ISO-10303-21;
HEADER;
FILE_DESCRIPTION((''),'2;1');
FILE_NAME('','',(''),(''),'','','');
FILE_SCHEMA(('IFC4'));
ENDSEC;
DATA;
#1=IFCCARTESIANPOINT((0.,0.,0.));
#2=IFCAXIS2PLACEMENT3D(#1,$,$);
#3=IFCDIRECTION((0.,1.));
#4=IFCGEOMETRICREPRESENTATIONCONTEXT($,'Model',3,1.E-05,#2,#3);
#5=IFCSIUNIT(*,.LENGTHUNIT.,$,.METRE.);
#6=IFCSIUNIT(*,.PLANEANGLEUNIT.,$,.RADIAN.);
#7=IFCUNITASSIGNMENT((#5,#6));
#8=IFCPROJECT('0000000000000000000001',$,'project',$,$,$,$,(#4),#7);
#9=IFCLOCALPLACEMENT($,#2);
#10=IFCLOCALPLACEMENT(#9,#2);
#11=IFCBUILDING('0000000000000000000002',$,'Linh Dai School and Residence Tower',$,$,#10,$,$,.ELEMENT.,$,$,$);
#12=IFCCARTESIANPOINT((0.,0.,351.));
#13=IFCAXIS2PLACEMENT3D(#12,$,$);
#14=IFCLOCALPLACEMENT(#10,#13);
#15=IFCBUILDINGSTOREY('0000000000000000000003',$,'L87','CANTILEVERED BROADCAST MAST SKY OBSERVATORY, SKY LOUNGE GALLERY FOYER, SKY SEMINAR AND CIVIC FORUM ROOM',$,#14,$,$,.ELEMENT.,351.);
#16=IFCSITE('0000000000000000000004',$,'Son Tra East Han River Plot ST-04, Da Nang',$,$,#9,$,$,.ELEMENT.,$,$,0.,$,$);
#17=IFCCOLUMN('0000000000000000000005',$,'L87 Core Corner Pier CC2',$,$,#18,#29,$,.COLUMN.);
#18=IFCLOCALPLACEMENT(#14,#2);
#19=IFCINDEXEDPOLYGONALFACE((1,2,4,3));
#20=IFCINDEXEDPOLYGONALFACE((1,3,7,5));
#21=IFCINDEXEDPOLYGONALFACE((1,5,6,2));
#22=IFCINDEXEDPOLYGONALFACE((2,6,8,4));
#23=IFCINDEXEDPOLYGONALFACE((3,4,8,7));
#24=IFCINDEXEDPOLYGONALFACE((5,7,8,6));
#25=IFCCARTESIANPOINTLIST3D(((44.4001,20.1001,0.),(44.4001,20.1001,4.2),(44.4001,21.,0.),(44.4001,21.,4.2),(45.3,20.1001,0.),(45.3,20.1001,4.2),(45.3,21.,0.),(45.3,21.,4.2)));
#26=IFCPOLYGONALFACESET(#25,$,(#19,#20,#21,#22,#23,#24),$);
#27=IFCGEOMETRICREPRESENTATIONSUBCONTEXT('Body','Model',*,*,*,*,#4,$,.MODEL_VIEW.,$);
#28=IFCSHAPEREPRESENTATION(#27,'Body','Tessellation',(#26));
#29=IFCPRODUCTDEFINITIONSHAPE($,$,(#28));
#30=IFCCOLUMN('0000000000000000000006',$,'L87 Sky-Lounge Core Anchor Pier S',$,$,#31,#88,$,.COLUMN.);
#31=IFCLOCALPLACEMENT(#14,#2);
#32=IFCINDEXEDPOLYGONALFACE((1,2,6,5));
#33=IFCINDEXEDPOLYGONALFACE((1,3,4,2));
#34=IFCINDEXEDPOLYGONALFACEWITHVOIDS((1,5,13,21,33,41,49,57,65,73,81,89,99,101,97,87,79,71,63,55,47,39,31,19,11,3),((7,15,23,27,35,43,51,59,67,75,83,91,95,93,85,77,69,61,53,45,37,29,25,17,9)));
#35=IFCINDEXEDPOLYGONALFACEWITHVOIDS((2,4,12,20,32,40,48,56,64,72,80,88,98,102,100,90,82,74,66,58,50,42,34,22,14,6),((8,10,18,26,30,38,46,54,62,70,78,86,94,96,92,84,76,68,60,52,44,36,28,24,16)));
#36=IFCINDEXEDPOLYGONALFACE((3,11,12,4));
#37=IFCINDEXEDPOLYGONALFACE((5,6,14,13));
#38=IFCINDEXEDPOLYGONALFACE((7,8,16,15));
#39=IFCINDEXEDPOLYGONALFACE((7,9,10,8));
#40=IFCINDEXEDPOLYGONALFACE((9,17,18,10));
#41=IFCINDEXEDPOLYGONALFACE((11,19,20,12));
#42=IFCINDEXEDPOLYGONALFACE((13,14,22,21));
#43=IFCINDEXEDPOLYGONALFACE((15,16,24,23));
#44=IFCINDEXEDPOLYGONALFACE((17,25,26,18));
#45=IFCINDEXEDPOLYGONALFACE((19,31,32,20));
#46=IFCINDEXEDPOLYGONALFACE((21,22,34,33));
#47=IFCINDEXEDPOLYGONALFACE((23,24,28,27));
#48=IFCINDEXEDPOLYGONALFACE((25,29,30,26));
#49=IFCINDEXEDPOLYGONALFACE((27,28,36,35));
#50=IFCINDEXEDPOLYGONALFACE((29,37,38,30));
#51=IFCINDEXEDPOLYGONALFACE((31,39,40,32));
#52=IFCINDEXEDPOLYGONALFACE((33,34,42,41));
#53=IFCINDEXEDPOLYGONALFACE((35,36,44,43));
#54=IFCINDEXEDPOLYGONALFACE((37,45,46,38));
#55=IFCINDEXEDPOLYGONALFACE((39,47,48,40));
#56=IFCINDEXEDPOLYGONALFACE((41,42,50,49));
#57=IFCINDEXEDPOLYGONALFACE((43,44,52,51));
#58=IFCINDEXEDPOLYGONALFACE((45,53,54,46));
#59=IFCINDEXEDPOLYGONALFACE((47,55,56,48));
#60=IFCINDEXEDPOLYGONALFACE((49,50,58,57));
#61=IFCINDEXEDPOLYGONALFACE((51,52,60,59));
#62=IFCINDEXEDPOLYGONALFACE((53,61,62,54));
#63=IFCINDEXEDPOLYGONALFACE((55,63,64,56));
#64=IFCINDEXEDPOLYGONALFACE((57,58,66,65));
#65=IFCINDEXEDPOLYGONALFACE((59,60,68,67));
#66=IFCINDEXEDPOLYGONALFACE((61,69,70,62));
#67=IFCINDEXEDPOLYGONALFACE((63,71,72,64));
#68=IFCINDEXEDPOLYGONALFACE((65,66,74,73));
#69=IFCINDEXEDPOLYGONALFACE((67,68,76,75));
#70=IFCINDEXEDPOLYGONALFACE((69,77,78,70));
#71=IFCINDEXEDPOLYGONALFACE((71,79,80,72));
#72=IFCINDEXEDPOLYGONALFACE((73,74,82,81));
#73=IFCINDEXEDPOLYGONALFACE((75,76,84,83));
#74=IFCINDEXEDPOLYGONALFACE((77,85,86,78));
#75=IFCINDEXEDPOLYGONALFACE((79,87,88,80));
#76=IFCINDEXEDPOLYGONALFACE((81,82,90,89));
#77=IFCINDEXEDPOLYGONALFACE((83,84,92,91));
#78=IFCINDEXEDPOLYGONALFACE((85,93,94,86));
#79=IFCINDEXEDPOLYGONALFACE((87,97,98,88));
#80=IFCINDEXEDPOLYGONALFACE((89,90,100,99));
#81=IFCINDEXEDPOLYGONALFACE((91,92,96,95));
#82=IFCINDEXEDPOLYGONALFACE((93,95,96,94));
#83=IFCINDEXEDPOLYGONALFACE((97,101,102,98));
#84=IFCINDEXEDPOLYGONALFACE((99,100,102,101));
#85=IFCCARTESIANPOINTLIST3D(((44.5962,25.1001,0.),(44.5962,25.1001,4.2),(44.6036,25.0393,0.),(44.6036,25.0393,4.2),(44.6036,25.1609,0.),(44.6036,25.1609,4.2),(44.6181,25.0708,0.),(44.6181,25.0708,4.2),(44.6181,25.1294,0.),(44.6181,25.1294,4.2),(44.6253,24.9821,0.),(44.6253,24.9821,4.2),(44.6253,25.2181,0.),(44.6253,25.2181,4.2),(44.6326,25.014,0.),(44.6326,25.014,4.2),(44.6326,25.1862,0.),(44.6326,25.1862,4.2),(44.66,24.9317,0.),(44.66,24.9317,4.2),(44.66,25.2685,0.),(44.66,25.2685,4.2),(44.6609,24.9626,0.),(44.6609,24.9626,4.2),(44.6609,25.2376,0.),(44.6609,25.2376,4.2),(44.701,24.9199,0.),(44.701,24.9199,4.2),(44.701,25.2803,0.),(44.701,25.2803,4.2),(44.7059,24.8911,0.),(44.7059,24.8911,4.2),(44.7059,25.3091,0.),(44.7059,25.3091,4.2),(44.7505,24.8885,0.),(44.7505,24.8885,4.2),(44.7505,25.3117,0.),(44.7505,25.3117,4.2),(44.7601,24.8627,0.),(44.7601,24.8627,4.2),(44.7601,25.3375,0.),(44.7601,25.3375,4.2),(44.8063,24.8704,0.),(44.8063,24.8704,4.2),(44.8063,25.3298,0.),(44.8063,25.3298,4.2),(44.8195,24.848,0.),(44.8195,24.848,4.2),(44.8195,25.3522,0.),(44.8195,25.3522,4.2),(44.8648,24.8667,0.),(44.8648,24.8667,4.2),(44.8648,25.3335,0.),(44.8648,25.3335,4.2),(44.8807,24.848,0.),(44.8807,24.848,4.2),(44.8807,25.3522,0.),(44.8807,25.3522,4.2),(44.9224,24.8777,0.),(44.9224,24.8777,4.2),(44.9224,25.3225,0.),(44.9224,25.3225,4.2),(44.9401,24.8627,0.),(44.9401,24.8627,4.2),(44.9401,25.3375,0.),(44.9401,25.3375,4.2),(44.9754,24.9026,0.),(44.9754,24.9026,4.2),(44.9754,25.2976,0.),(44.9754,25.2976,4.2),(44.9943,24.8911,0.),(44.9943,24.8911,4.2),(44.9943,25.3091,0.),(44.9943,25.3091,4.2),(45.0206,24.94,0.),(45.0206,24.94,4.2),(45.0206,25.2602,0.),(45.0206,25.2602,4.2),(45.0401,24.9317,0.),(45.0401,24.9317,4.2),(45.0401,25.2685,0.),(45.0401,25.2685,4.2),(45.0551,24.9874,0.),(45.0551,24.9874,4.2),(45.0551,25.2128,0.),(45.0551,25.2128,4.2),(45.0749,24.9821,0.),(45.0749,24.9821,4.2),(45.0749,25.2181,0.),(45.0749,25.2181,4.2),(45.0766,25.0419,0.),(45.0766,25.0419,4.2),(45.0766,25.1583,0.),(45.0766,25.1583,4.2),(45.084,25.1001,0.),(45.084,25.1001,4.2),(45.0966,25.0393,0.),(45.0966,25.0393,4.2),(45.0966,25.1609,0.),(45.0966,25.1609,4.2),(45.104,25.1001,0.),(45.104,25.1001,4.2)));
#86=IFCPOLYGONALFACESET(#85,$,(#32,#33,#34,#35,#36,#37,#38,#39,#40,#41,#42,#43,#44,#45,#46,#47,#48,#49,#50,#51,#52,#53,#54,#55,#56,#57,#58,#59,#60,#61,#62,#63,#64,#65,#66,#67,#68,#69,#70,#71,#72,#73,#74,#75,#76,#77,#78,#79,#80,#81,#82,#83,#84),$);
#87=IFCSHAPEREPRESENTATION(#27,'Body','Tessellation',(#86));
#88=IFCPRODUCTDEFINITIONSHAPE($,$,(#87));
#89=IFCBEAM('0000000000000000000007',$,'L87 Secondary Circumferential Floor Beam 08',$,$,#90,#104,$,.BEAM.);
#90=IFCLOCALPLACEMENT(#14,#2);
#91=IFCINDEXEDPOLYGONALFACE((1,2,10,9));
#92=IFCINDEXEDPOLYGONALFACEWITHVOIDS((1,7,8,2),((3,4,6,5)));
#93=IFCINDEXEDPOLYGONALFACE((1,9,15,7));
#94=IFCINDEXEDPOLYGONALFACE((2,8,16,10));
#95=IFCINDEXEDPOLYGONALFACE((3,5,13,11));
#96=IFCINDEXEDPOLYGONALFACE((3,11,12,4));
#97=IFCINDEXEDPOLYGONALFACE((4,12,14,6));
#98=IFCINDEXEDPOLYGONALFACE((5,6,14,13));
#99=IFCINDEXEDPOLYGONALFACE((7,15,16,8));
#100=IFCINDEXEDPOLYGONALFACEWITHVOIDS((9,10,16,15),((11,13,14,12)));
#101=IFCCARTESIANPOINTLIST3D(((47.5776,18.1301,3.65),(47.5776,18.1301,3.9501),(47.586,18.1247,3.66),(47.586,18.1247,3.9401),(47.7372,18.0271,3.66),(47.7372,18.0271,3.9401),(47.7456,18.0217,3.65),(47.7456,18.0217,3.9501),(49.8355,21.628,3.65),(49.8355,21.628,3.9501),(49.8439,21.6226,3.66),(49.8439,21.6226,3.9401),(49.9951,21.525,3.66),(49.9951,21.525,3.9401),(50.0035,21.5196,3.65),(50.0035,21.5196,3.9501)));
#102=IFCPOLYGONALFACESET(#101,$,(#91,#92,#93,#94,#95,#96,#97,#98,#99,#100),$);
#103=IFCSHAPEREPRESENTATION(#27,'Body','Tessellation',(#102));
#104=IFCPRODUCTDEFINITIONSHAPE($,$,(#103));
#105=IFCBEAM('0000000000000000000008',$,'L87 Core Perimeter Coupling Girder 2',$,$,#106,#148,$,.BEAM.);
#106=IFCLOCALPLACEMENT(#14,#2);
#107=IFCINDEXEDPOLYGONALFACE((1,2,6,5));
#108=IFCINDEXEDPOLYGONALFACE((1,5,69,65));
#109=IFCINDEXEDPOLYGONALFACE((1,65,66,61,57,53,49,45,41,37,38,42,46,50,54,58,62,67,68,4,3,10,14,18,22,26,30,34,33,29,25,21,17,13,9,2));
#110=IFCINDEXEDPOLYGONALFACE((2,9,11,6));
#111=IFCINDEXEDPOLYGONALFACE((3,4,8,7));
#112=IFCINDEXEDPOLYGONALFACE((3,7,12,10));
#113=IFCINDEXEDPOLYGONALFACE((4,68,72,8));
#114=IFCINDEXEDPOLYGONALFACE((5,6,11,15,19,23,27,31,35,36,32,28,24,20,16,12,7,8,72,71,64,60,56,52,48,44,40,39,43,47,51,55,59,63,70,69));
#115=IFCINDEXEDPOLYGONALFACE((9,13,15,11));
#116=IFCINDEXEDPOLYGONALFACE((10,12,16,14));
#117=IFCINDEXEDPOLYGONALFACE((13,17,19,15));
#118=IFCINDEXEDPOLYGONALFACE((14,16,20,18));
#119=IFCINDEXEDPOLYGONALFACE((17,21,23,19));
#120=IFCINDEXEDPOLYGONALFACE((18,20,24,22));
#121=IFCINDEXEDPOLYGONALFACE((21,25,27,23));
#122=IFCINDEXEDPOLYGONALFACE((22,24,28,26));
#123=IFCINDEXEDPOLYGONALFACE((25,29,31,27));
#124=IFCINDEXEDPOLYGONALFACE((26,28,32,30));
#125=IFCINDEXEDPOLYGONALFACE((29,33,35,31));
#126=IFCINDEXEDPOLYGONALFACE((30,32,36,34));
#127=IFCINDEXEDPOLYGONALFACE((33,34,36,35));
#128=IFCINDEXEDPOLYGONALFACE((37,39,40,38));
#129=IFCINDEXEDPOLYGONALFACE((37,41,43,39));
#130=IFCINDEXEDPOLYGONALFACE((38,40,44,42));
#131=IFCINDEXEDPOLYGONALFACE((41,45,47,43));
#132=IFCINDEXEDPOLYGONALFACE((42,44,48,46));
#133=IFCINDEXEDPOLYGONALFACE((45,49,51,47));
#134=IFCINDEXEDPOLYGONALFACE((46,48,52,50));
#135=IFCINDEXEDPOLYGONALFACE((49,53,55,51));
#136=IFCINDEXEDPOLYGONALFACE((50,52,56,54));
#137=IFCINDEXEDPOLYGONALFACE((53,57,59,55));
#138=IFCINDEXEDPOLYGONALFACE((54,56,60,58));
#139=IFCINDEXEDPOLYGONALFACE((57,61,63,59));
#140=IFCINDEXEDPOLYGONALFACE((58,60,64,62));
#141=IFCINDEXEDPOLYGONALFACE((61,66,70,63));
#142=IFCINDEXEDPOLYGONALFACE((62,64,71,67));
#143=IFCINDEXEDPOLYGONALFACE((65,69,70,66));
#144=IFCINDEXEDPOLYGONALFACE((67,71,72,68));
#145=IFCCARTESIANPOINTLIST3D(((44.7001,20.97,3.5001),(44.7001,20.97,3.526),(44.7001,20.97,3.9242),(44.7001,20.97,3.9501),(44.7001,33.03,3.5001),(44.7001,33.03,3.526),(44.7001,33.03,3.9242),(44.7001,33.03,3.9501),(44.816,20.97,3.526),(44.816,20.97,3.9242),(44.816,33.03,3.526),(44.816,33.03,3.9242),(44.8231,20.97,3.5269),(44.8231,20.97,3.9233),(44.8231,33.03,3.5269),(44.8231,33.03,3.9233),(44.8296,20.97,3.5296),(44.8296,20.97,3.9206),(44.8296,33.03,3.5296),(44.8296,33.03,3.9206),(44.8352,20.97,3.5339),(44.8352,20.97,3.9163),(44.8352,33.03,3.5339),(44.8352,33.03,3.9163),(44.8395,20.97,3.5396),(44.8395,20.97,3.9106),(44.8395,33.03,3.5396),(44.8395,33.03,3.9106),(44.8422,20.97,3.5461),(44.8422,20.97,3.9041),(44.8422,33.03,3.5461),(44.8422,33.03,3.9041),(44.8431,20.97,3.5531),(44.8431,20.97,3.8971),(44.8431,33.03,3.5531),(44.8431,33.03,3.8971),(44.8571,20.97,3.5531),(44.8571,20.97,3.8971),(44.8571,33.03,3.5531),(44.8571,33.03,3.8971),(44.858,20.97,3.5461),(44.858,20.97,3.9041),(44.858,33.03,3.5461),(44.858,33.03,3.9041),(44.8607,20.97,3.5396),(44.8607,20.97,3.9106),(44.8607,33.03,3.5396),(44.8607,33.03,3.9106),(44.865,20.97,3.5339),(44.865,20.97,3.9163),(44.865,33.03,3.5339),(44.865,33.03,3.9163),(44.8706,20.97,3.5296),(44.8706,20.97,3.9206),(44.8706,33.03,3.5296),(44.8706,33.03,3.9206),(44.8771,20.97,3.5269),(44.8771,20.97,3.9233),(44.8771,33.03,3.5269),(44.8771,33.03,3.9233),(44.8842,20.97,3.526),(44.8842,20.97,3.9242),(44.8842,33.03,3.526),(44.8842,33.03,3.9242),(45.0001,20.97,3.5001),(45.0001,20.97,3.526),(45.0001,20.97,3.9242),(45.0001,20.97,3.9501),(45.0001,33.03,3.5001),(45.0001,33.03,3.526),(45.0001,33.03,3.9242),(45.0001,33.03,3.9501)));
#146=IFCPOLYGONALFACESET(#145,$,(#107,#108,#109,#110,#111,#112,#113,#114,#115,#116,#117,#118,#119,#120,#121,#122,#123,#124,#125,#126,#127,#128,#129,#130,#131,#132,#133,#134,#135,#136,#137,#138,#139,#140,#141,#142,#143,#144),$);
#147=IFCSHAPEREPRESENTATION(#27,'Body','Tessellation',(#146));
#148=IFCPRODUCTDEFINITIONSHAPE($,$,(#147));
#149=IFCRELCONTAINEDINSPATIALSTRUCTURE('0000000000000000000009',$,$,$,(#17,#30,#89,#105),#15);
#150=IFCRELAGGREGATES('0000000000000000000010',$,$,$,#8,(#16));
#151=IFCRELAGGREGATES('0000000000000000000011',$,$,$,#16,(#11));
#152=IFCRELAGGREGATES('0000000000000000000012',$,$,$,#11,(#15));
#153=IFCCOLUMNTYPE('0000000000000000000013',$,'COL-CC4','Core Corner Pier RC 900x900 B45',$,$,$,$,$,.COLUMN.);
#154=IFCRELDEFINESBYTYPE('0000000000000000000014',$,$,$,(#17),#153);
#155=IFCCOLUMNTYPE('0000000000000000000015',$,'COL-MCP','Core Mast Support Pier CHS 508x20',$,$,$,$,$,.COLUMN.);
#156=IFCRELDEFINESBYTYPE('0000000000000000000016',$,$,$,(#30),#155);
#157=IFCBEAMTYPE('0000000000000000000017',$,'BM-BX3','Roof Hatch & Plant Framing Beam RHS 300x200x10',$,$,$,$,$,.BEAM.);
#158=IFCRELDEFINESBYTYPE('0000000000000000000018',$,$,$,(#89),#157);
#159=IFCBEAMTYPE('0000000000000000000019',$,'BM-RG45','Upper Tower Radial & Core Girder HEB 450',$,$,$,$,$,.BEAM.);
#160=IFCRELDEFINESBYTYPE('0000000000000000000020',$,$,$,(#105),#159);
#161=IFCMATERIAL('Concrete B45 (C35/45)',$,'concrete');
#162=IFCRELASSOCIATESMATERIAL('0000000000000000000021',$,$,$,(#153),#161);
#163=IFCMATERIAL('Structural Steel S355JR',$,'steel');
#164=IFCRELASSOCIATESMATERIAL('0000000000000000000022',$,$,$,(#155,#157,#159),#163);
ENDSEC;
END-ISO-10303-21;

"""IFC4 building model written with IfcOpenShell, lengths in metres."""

from ifc_helpers import new_model, si_unit, direction, frame, origin, origin_2d, place, context, subcontext, project, spatial, rectangle, hollow_rectangle, hollow_circle, i_section, extrude, material, material_profile, profile_set, type_object, element, save


model = new_model("IFC4")

# Units and contexts
model_context = context("Model", 3, precision=1e-05, world=origin(), true_north=direction((0.0, 1.0)))
body_context = subcontext(model_context, "Body", "Model", "MODEL_VIEW")
ifc_project = project(units=[si_unit("LENGTHUNIT", "METRE"), si_unit("PLANEANGLEUNIT", "RADIAN")], contexts=[model_context])

# Site, building, storey
site_placement = place(None, origin())
site = spatial("IfcSite", under=ifc_project, at=site_placement, Name="Son Tra East Han River Plot ST-04, Da Nang", CompositionType="ELEMENT", RefElevation=0.0)
building_placement = place(site_placement, origin())
building = spatial("IfcBuilding", under=site, at=building_placement, Name="Linh Dai School and Residence Tower", CompositionType="ELEMENT")
storey_placement = place(building_placement, frame((0.0, 0.0, 351.0)))
storey = spatial("IfcBuildingStorey", under=building, at=storey_placement, Name="L87", Description="CANTILEVERED BROADCAST MAST SKY OBSERVATORY, SKY LOUNGE GALLERY FOYER, SKY SEMINAR AND CIVIC FORUM ROOM", CompositionType="ELEMENT", Elevation=351.0)

# Columns
ifc_material_1 = material(Name="Concrete B45 (C35/45)", Category="concrete")
ifc_material_profile_1 = material_profile(ifc_material_1, rectangle(XDim=0.8999, YDim=0.8999, at=origin_2d()), Name="RC 900x900")
ifc_profile_set_1 = profile_set([ifc_material_profile_1], Name="Concrete B45 (C35/45)")
column_type_1 = type_object("IfcColumnType", Name="COL-CC4", Description="Core Corner Pier RC 900x900 B45", PredefinedType="COLUMN", material=ifc_profile_set_1)
column_1_placement = place(storey_placement, frame((44.8501, 20.55, 0.0), z_axis=(0.0, 0.0, 1.0), x_axis=(1.0, 0.0, 0.0)))
element("IfcColumn", 1, at=column_1_placement, inside=storey, type_object=column_type_1, Name="L87 Core Corner Pier CC2", PredefinedType="COLUMN", context=body_context, shape_type="SweptSolid", body=[
    extrude(rectangle(XDim=0.8999, YDim=0.8999, at=origin_2d()), origin(), (0.0, 0.0, 1.0), 4.2),
])
ifc_material_2 = material(Name="Structural Steel S355JR", Category="steel")
ifc_material_profile_2 = material_profile(ifc_material_2, hollow_circle(Radius=0.2539, WallThickness=0.02, at=origin_2d()), Name="CHS 508x20")
ifc_profile_set_2 = profile_set([ifc_material_profile_2], Name="Structural Steel S355JR")
column_type_2 = type_object("IfcColumnType", Name="COL-MCP", Description="Core Mast Support Pier CHS 508x20", PredefinedType="COLUMN", material=ifc_profile_set_2)
column_2_placement = place(storey_placement, frame((44.8501, 25.1001, 0.0), z_axis=(0.0, 0.0, 1.0), x_axis=(1.0, 0.0, 0.0)))
element("IfcColumn", 2, at=column_2_placement, inside=storey, type_object=column_type_2, Name="L87 Sky-Lounge Core Anchor Pier S", PredefinedType="COLUMN", context=body_context, shape_type="SweptSolid", body=[
    extrude(hollow_circle(Radius=0.2539, WallThickness=0.02, at=origin_2d()), origin(), (0.0, 0.0, 1.0), 4.2),
])

# Beams
ifc_material_profile_3 = material_profile(ifc_material_2, hollow_rectangle(XDim=0.2, YDim=0.3, WallThickness=0.01, at=origin_2d()), Name="RHS 300x200x10")
ifc_profile_set_3 = profile_set([ifc_material_profile_3], Name="Structural Steel S355JR")
beam_type_1 = type_object("IfcBeamType", Name="BM-BX3", Description="Roof Hatch & Plant Framing Beam RHS 300x200x10", PredefinedType="BEAM", material=ifc_profile_set_3)
beam_1_placement = place(storey_placement, frame((47.6616, 18.0759, 3.8), z_axis=(0.542325, 0.840169, 0.0), x_axis=(-0.840169, 0.542325, 0.0)))
element("IfcBeam", 3, at=beam_1_placement, inside=storey, type_object=beam_type_1, Name="L87 Secondary Circumferential Floor Beam 08", PredefinedType="BEAM", context=body_context, shape_type="SweptSolid", body=[
    extrude(hollow_rectangle(XDim=0.2, YDim=0.3, WallThickness=0.01, at=origin_2d()), origin(), (0.0, 0.0, 1.0), 4.1633),
])
ifc_material_profile_4 = material_profile(ifc_material_2, i_section(OverallWidth=0.3, OverallDepth=0.45, WebThickness=0.0139, FlangeThickness=0.0259, FilletRadius=0.0271, at=origin_2d()), Name="HEB 450")
ifc_profile_set_4 = profile_set([ifc_material_profile_4], Name="Structural Steel S355JR")
beam_type_2 = type_object("IfcBeamType", Name="BM-RG45", Description="Upper Tower Radial & Core Girder HEB 450", PredefinedType="BEAM", material=ifc_profile_set_4)
beam_2_placement = place(storey_placement, frame((44.8501, 20.97, 3.7251), z_axis=(0.0, 1.0, 0.0), x_axis=(-1.0, 0.0, 0.0)))
element("IfcBeam", 4, at=beam_2_placement, inside=storey, type_object=beam_type_2, Name="L87 Core Perimeter Coupling Girder 2", PredefinedType="BEAM", context=body_context, shape_type="SweptSolid", body=[
    extrude(i_section(OverallWidth=0.3, OverallDepth=0.45, WebThickness=0.0139, FlangeThickness=0.0259, FilletRadius=0.0271, at=origin_2d()), origin(), (0.0, 0.0, 1.0), 12.0601),
])

save(model, "model.ifc")
